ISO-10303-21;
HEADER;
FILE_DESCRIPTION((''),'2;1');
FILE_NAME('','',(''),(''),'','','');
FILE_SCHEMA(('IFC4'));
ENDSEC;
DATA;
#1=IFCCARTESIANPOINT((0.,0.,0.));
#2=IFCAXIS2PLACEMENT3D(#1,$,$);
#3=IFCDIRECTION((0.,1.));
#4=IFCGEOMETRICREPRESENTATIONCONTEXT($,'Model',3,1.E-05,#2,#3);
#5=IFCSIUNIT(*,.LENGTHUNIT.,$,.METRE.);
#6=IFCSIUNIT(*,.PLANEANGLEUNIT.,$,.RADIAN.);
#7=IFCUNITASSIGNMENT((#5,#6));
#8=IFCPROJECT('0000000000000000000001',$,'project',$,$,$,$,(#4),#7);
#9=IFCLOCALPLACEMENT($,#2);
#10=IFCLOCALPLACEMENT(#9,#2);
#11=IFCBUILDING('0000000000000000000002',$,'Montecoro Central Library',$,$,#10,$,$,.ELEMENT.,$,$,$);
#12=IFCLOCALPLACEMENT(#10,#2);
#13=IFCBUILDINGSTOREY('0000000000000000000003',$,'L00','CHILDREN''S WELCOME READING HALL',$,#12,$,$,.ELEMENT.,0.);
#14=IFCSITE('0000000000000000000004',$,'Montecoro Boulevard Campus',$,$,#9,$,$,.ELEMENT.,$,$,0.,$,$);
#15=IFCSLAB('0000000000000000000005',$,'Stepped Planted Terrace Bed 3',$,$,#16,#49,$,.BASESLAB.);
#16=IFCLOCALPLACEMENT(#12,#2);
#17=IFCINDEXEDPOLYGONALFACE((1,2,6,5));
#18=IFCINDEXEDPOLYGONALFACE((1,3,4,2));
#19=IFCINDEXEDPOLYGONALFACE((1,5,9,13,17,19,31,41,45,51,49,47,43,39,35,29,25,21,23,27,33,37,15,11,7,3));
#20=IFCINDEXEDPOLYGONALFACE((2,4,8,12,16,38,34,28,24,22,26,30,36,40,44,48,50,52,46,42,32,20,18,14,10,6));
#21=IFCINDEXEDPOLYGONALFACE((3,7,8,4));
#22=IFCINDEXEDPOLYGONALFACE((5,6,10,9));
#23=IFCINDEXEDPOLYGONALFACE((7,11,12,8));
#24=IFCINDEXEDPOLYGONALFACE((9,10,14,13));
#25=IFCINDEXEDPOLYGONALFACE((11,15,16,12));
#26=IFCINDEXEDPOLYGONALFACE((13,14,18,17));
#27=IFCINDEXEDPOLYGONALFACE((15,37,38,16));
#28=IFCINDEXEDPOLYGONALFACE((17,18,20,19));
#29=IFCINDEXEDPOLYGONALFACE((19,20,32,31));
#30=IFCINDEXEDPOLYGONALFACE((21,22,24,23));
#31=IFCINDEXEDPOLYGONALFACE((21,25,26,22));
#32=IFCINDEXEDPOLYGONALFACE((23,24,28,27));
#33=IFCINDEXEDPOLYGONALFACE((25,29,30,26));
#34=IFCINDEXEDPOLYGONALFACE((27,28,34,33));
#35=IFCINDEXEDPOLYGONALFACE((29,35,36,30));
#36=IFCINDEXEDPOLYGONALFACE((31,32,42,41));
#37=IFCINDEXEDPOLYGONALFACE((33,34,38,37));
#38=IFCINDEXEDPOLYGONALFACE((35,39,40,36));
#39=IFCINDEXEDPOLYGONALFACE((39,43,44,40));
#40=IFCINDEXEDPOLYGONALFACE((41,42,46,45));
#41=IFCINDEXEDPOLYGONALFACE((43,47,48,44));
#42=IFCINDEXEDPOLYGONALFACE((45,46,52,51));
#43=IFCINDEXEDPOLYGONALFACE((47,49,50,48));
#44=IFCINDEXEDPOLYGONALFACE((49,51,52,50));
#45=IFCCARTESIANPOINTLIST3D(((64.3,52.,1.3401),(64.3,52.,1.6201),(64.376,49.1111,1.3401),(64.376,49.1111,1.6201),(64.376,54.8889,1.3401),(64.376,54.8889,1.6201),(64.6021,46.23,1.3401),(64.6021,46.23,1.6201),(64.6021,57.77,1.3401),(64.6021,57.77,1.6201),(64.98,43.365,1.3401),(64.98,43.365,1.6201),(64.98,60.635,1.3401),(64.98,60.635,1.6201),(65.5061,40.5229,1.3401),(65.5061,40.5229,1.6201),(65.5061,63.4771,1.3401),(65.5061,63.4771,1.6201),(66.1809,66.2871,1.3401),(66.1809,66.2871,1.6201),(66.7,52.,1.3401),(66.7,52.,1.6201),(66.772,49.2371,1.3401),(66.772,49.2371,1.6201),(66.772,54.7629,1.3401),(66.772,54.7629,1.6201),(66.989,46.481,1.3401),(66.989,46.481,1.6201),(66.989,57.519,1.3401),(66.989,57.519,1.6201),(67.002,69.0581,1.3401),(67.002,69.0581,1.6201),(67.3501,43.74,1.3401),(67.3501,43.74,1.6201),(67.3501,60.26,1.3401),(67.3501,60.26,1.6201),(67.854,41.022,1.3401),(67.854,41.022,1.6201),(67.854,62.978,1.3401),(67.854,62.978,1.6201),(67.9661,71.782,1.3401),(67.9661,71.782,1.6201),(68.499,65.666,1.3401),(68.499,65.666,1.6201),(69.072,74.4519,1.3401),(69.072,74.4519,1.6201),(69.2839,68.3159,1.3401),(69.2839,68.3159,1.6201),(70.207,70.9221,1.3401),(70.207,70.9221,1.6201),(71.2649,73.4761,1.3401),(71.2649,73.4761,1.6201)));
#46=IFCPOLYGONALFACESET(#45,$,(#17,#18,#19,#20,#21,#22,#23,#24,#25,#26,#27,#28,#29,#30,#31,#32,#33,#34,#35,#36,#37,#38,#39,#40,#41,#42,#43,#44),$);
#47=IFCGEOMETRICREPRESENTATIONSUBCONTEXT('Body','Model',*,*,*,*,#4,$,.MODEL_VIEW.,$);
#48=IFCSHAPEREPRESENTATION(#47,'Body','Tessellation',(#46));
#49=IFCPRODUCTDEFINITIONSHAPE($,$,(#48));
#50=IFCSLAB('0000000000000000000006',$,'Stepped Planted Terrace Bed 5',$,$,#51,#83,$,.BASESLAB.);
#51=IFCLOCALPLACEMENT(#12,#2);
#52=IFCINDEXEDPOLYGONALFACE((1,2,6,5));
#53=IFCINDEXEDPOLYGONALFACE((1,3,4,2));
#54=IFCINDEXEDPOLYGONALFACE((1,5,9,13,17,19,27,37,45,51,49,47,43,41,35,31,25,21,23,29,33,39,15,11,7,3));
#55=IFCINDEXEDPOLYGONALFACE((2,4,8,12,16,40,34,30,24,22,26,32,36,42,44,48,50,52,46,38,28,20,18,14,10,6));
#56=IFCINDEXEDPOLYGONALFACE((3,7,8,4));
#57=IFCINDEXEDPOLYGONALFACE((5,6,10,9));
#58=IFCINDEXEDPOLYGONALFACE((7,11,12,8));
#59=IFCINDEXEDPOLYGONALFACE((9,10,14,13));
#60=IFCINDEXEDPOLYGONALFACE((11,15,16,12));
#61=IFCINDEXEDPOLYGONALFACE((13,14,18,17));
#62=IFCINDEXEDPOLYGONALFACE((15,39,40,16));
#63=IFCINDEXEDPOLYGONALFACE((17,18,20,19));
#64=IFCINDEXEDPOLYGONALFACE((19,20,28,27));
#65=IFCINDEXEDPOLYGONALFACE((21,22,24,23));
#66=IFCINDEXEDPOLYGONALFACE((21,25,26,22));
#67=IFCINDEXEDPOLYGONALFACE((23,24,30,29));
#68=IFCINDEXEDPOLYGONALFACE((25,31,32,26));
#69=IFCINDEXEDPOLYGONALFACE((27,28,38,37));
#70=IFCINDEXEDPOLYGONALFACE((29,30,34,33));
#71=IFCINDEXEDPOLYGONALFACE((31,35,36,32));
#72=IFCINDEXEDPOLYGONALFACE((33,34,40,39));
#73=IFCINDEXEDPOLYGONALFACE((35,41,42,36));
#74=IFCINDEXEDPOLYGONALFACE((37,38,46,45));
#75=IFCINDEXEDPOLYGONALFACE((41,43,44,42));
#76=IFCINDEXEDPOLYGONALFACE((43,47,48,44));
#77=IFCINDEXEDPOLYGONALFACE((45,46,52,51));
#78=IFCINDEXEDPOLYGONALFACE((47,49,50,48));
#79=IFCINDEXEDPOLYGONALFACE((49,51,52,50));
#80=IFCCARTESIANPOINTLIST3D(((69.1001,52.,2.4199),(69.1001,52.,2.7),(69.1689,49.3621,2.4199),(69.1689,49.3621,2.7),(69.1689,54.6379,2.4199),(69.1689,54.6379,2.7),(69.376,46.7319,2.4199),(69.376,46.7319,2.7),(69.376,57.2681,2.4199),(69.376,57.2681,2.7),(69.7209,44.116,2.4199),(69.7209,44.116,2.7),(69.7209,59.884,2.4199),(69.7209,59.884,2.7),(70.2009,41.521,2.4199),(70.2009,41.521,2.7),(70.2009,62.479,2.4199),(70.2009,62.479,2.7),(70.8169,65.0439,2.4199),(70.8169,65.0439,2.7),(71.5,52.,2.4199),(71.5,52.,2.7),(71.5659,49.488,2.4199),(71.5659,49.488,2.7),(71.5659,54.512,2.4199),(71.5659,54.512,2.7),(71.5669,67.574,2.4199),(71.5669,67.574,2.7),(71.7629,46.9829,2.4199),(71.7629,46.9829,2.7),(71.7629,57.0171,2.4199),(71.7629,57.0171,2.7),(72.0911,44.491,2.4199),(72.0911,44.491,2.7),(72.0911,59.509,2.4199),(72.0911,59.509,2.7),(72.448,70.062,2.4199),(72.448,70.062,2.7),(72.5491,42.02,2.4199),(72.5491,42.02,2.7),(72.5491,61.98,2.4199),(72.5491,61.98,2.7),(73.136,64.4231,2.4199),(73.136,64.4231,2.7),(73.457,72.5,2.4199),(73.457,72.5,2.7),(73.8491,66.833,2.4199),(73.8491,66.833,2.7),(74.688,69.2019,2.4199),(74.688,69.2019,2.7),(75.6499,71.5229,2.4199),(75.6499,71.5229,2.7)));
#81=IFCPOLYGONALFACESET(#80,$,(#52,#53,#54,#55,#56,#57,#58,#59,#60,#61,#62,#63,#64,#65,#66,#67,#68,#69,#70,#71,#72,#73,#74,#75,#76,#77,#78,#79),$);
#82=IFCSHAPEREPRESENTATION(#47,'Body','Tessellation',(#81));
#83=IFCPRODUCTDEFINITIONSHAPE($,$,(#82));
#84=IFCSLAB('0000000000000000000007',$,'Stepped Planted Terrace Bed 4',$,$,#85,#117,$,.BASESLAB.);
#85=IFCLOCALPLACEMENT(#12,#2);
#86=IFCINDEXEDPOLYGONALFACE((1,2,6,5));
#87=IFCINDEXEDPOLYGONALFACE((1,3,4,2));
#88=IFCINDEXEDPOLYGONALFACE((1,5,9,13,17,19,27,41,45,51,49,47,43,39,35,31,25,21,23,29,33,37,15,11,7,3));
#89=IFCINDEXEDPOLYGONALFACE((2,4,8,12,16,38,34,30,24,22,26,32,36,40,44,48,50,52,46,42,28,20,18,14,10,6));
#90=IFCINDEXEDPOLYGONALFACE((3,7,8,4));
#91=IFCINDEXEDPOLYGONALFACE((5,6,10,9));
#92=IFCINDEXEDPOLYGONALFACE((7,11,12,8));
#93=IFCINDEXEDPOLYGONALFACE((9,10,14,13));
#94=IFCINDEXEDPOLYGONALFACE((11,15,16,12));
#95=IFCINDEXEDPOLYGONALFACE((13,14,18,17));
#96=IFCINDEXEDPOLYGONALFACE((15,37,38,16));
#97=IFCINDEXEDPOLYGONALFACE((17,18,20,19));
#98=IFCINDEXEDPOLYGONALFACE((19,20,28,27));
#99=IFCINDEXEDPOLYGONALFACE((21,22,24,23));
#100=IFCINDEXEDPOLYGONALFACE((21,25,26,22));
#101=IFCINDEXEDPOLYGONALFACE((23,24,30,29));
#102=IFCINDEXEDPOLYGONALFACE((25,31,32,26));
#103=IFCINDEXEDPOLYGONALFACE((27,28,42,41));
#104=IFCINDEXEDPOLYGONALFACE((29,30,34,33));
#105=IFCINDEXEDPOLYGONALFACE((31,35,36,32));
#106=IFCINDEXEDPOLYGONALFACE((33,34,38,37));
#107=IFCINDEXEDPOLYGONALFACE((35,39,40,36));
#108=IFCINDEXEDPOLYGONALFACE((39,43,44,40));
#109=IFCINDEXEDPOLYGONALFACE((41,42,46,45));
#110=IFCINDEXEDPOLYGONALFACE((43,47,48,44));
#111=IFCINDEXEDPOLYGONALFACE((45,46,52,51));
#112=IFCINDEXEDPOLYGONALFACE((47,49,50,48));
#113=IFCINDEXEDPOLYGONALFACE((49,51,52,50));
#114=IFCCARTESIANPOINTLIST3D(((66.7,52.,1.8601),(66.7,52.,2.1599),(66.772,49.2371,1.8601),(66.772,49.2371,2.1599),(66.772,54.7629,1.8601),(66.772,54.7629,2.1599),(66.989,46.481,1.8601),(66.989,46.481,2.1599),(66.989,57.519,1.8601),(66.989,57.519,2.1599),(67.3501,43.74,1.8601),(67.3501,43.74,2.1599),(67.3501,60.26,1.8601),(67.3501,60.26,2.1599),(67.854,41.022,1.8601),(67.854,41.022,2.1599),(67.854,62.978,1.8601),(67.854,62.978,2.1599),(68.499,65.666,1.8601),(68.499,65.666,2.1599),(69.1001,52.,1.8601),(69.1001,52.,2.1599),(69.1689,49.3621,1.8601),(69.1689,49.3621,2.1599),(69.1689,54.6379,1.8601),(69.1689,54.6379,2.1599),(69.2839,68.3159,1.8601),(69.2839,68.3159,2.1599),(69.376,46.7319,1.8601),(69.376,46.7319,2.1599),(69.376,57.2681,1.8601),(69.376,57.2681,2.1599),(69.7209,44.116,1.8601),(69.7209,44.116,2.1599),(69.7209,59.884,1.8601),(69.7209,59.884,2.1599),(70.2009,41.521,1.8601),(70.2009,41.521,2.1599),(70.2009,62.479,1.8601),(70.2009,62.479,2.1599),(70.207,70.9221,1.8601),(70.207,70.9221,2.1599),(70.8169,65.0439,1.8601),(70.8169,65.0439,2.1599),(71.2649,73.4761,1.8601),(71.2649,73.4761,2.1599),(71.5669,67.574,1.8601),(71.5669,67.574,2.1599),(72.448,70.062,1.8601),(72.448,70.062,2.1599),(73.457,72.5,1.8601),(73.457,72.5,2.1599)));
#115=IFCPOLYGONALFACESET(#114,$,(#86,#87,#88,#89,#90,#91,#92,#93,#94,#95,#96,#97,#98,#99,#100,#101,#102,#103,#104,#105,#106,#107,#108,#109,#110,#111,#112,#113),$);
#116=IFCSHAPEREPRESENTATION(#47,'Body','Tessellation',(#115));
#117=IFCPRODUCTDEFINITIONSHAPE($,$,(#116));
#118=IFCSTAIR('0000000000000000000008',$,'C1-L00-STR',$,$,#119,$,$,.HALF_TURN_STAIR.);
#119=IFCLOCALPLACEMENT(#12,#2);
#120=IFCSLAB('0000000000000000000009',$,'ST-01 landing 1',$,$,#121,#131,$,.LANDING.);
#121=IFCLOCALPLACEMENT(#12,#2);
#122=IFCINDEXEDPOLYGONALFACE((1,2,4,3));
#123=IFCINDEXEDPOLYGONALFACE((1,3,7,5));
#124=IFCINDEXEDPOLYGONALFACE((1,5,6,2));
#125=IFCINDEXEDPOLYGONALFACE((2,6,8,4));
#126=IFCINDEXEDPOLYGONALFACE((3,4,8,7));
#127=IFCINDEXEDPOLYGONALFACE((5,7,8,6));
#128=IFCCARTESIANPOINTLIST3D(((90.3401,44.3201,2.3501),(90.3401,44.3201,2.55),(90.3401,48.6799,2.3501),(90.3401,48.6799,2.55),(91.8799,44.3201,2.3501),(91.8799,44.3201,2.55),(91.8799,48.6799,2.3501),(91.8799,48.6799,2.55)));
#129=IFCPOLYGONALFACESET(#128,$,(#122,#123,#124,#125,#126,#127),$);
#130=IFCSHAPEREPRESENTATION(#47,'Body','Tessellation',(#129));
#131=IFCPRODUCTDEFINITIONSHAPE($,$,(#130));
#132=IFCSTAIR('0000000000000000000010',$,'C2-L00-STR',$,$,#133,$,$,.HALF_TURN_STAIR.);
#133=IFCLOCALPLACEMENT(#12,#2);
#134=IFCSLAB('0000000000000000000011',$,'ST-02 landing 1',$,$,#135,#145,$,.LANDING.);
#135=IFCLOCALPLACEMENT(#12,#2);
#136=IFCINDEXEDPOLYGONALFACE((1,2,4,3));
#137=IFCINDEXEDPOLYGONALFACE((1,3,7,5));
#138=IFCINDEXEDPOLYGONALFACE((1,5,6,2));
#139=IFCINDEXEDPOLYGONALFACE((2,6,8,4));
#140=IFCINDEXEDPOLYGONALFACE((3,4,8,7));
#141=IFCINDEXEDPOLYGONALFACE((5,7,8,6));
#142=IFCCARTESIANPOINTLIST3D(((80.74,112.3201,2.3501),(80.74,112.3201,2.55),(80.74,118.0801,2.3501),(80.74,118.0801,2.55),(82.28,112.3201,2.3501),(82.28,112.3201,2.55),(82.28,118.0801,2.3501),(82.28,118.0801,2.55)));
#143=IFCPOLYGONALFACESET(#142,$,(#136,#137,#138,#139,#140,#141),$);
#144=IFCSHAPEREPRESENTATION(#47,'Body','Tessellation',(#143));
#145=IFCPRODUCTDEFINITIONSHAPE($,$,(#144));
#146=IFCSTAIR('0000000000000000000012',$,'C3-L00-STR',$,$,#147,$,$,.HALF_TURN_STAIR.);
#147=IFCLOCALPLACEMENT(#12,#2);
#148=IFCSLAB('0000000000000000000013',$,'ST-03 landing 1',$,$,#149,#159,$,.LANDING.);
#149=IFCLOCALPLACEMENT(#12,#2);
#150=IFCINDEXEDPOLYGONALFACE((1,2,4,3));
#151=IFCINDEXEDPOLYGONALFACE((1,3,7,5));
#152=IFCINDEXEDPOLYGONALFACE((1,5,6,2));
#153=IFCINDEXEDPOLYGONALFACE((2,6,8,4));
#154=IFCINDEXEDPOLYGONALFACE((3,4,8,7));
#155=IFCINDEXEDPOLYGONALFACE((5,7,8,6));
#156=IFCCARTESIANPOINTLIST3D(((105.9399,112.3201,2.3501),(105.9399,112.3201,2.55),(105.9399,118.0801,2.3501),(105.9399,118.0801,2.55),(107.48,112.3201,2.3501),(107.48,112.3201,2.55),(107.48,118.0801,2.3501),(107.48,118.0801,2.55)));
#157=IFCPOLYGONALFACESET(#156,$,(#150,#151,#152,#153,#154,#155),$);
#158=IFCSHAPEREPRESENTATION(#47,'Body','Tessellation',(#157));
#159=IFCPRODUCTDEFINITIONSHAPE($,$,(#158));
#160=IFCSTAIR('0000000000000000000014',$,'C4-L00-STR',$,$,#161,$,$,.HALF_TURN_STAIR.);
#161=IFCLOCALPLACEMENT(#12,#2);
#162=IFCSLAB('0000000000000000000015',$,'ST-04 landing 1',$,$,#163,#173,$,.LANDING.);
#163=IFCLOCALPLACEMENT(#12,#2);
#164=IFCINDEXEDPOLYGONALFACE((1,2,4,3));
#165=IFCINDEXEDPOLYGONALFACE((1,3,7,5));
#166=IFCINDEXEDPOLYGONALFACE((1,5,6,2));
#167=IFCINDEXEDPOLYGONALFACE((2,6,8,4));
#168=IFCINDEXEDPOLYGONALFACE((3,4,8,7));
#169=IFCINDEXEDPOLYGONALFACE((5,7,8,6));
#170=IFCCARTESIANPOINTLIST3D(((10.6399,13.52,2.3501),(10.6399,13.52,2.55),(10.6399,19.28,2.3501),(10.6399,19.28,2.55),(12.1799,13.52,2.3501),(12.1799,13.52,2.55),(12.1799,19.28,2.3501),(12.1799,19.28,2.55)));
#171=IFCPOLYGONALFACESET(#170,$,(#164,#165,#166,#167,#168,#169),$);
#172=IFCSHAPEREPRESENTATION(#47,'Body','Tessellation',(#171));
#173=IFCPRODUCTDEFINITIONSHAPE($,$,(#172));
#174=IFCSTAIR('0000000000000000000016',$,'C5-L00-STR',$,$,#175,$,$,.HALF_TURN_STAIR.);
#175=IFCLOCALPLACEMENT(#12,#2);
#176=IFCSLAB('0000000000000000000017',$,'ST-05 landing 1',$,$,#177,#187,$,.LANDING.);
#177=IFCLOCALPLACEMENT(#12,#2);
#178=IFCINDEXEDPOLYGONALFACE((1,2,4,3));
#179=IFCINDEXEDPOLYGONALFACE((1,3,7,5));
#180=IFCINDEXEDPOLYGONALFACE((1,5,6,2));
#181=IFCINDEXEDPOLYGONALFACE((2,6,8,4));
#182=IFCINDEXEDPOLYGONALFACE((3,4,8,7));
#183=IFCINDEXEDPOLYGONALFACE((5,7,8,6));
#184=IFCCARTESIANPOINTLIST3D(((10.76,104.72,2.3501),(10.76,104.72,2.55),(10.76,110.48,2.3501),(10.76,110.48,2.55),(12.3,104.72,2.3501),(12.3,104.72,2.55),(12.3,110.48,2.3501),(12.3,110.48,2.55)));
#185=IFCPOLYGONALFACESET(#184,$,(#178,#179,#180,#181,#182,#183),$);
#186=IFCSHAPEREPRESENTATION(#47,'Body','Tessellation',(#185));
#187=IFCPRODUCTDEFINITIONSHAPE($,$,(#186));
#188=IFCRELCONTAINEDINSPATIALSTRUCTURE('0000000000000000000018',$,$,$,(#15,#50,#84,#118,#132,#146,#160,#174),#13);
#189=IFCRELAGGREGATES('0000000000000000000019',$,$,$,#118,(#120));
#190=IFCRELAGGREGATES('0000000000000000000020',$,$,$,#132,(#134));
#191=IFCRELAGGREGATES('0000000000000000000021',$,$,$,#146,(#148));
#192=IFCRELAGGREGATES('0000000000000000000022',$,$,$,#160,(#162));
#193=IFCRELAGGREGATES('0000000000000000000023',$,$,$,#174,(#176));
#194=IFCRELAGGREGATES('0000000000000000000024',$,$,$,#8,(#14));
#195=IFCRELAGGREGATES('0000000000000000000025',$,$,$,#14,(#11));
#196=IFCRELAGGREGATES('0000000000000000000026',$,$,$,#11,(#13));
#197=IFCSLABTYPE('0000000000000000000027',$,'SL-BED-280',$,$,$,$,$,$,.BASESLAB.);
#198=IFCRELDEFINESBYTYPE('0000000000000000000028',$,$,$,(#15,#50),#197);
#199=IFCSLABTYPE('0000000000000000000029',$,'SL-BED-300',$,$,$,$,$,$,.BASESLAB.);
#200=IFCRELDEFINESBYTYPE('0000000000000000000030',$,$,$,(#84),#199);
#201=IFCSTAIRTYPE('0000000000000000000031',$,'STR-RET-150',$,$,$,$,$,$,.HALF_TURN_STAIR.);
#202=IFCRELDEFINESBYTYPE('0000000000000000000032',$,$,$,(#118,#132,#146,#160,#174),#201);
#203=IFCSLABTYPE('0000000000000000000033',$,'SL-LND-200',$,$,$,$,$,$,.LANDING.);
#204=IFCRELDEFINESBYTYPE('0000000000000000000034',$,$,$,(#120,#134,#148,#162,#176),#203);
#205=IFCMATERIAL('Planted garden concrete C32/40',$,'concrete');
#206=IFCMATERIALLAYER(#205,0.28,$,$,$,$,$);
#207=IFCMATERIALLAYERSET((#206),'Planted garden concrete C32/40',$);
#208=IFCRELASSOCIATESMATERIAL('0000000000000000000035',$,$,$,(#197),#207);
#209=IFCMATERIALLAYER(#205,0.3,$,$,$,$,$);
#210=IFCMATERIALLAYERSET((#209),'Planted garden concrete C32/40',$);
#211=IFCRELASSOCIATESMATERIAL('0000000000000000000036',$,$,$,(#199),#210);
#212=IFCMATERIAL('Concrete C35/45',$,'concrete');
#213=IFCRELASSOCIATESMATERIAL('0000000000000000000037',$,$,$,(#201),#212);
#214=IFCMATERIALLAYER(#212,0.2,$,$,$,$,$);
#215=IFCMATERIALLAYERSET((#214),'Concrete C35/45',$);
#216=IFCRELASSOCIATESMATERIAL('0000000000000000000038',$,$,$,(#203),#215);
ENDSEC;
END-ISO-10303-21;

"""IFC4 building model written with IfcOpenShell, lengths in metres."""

from ifc_helpers import new_model, si_unit, direction, frame, origin, place, context, subcontext, project, spatial, polyline, outline, extrude, material, layer, layer_set, type_object, element, aggregate, save


model = new_model("IFC4")

# Units and contexts
model_context = context("Model", 3, precision=1e-05, world=origin(), true_north=direction((0.0, 1.0)))
body_context = subcontext(model_context, "Body", "Model", "MODEL_VIEW")
ifc_project = project(units=[si_unit("LENGTHUNIT", "METRE"), si_unit("PLANEANGLEUNIT", "RADIAN")], contexts=[model_context])

# Site, building, storey
site_placement = place(None, origin())
site = spatial("IfcSite", under=ifc_project, at=site_placement, Name="Montecoro Boulevard Campus", CompositionType="ELEMENT", RefElevation=0.0)
building_placement = place(site_placement, origin())
building = spatial("IfcBuilding", under=site, at=building_placement, Name="Montecoro Central Library", CompositionType="ELEMENT")
storey_placement = place(building_placement, origin())
storey = spatial("IfcBuildingStorey", under=building, at=storey_placement, Name="L00", Description="CHILDREN'S WELCOME READING HALL", CompositionType="ELEMENT", Elevation=0.0)

# Slabs
ifc_material_1 = material(Name="Planted garden concrete C32/40", Category="concrete")
ifc_layer_1 = layer(ifc_material_1, 0.28)
ifc_layer_set_1 = layer_set([ifc_layer_1], Name="Planted garden concrete C32/40")
slab_type_1 = type_object("IfcSlabType", Name="SL-BED-280", PredefinedType="BASESLAB", material=ifc_layer_set_1)
slab_1_placement = place(storey_placement, frame((0.0, 0.0, 1.3401)))
element("IfcSlab", 1, at=slab_1_placement, inside=storey, type_object=slab_type_1, Name="Stepped Planted Terrace Bed 3", PredefinedType="BASESLAB", context=body_context, shape_type="SweptSolid", body=[
    extrude(outline(polyline([(71.2649, 73.4761), (70.207, 70.9221), (69.2839, 68.3159), (68.499, 65.666), (67.854, 62.978), (67.3501, 60.26), (66.989, 57.519), (66.772, 54.7629), (66.7, 52.0), (66.772, 49.2371), (66.989, 46.481), (67.3501, 43.74), (67.854, 41.022), (65.5061, 40.5229), (64.98, 43.365), (64.6021, 46.23), (64.376, 49.1111), (64.3, 52.0), (64.376, 54.8889), (64.6021, 57.77), (64.98, 60.635), (65.5061, 63.4771), (66.1809, 66.2871), (67.002, 69.0581), (67.9661, 71.782), (69.072, 74.4519), (71.2649, 73.4761)])), origin(), (0.0, 0.0, 1.0), 0.28),
])
slab_2_placement = place(storey_placement, frame((0.0, 0.0, 2.4199)))
element("IfcSlab", 2, at=slab_2_placement, inside=storey, type_object=slab_type_1, Name="Stepped Planted Terrace Bed 5", PredefinedType="BASESLAB", context=body_context, shape_type="SweptSolid", body=[
    extrude(outline(polyline([(75.6499, 71.5229), (74.688, 69.2019), (73.8491, 66.833), (73.136, 64.4231), (72.5491, 61.98), (72.0911, 59.509), (71.7629, 57.0171), (71.5659, 54.512), (71.5, 52.0), (71.5659, 49.488), (71.7629, 46.9829), (72.0911, 44.491), (72.5491, 42.02), (70.2009, 41.521), (69.7209, 44.116), (69.376, 46.7319), (69.1689, 49.3621), (69.1001, 52.0), (69.1689, 54.6379), (69.376, 57.2681), (69.7209, 59.884), (70.2009, 62.479), (70.8169, 65.0439), (71.5669, 67.574), (72.448, 70.062), (73.457, 72.5), (75.6499, 71.5229)])), origin(), (0.0, 0.0, 1.0), 0.28),
])
ifc_layer_2 = layer(ifc_material_1, 0.3)
ifc_layer_set_2 = layer_set([ifc_layer_2], Name="Planted garden concrete C32/40")
slab_type_2 = type_object("IfcSlabType", Name="SL-BED-300", PredefinedType="BASESLAB", material=ifc_layer_set_2)
slab_3_placement = place(storey_placement, frame((0.0, 0.0, 1.8601)))
element("IfcSlab", 3, at=slab_3_placement, inside=storey, type_object=slab_type_2, Name="Stepped Planted Terrace Bed 4", PredefinedType="BASESLAB", context=body_context, shape_type="SweptSolid", body=[
    extrude(outline(polyline([(73.457, 72.5), (72.448, 70.062), (71.5669, 67.574), (70.8169, 65.0439), (70.2009, 62.479), (69.7209, 59.884), (69.376, 57.2681), (69.1689, 54.6379), (69.1001, 52.0), (69.1689, 49.3621), (69.376, 46.7319), (69.7209, 44.116), (70.2009, 41.521), (67.854, 41.022), (67.3501, 43.74), (66.989, 46.481), (66.772, 49.2371), (66.7, 52.0), (66.772, 54.7629), (66.989, 57.519), (67.3501, 60.26), (67.854, 62.978), (68.499, 65.666), (69.2839, 68.3159), (70.207, 70.9221), (71.2649, 73.4761), (73.457, 72.5)])), origin(), (0.0, 0.0, 1.0), 0.2998),
])

# Stairs, slabs
ifc_material_2 = material(Name="Concrete C35/45", Category="concrete")
stair_type = type_object("IfcStairType", Name="STR-RET-150", PredefinedType="HALF_TURN_STAIR", material=ifc_material_2)
stair_1_placement = place(storey_placement, origin())
stair_1 = element("IfcStair", 4, at=stair_1_placement, inside=storey, type_object=stair_type, Name="C1-L00-STR", PredefinedType="HALF_TURN_STAIR")
ifc_layer_3 = layer(ifc_material_2, 0.2)
ifc_layer_set_3 = layer_set([ifc_layer_3], Name="Concrete C35/45")
slab_type_3 = type_object("IfcSlabType", Name="SL-LND-200", PredefinedType="LANDING", material=ifc_layer_set_3)
slab_4_placement = place(storey_placement, frame((0.0, 0.0, 2.3501)))
slab_4 = element("IfcSlab", 5, at=slab_4_placement, type_object=slab_type_3, Name="ST-01 landing 1", PredefinedType="LANDING", context=body_context, shape_type="SweptSolid", body=[
    extrude(outline(polyline([(90.3401, 44.3201), (91.8799, 44.3201), (91.8799, 48.6799), (90.3401, 48.6799), (90.3401, 44.3201)])), origin(), (0.0, 0.0, 1.0), 0.2),
])
aggregate(stair_1, [slab_4])
stair_2_placement = place(storey_placement, origin())
stair_2 = element("IfcStair", 6, at=stair_2_placement, inside=storey, type_object=stair_type, Name="C2-L00-STR", PredefinedType="HALF_TURN_STAIR")
slab_5_placement = place(storey_placement, frame((0.0, 0.0, 2.3501)))
slab_5 = element("IfcSlab", 7, at=slab_5_placement, type_object=slab_type_3, Name="ST-02 landing 1", PredefinedType="LANDING", context=body_context, shape_type="SweptSolid", body=[
    extrude(outline(polyline([(80.74, 112.3201), (82.28, 112.3201), (82.28, 118.0801), (80.74, 118.0801), (80.74, 112.3201)])), origin(), (0.0, 0.0, 1.0), 0.2),
])
aggregate(stair_2, [slab_5])
stair_3_placement = place(storey_placement, origin())
stair_3 = element("IfcStair", 8, at=stair_3_placement, inside=storey, type_object=stair_type, Name="C3-L00-STR", PredefinedType="HALF_TURN_STAIR")
slab_6_placement = place(storey_placement, frame((0.0, 0.0, 2.3501)))
slab_6 = element("IfcSlab", 9, at=slab_6_placement, type_object=slab_type_3, Name="ST-03 landing 1", PredefinedType="LANDING", context=body_context, shape_type="SweptSolid", body=[
    extrude(outline(polyline([(105.9399, 112.3201), (107.48, 112.3201), (107.48, 118.0801), (105.9399, 118.0801), (105.9399, 112.3201)])), origin(), (0.0, 0.0, 1.0), 0.2),
])
aggregate(stair_3, [slab_6])
stair_4_placement = place(storey_placement, origin())
stair_4 = element("IfcStair", 10, at=stair_4_placement, inside=storey, type_object=stair_type, Name="C4-L00-STR", PredefinedType="HALF_TURN_STAIR")
slab_7_placement = place(storey_placement, frame((0.0, 0.0, 2.3501)))
slab_7 = element("IfcSlab", 11, at=slab_7_placement, type_object=slab_type_3, Name="ST-04 landing 1", PredefinedType="LANDING", context=body_context, shape_type="SweptSolid", body=[
    extrude(outline(polyline([(10.6399, 13.52), (12.1799, 13.52), (12.1799, 19.28), (10.6399, 19.28), (10.6399, 13.52)])), origin(), (0.0, 0.0, 1.0), 0.2),
])
aggregate(stair_4, [slab_7])
stair_5_placement = place(storey_placement, origin())
stair_5 = element("IfcStair", 12, at=stair_5_placement, inside=storey, type_object=stair_type, Name="C5-L00-STR", PredefinedType="HALF_TURN_STAIR")
slab_8_placement = place(storey_placement, frame((0.0, 0.0, 2.3501)))
slab_8 = element("IfcSlab", 13, at=slab_8_placement, type_object=slab_type_3, Name="ST-05 landing 1", PredefinedType="LANDING", context=body_context, shape_type="SweptSolid", body=[
    extrude(outline(polyline([(10.76, 104.72), (12.3, 104.72), (12.3, 110.48), (10.76, 110.48), (10.76, 104.72)])), origin(), (0.0, 0.0, 1.0), 0.2),
])
aggregate(stair_5, [slab_8])

save(model, "model.ifc")
